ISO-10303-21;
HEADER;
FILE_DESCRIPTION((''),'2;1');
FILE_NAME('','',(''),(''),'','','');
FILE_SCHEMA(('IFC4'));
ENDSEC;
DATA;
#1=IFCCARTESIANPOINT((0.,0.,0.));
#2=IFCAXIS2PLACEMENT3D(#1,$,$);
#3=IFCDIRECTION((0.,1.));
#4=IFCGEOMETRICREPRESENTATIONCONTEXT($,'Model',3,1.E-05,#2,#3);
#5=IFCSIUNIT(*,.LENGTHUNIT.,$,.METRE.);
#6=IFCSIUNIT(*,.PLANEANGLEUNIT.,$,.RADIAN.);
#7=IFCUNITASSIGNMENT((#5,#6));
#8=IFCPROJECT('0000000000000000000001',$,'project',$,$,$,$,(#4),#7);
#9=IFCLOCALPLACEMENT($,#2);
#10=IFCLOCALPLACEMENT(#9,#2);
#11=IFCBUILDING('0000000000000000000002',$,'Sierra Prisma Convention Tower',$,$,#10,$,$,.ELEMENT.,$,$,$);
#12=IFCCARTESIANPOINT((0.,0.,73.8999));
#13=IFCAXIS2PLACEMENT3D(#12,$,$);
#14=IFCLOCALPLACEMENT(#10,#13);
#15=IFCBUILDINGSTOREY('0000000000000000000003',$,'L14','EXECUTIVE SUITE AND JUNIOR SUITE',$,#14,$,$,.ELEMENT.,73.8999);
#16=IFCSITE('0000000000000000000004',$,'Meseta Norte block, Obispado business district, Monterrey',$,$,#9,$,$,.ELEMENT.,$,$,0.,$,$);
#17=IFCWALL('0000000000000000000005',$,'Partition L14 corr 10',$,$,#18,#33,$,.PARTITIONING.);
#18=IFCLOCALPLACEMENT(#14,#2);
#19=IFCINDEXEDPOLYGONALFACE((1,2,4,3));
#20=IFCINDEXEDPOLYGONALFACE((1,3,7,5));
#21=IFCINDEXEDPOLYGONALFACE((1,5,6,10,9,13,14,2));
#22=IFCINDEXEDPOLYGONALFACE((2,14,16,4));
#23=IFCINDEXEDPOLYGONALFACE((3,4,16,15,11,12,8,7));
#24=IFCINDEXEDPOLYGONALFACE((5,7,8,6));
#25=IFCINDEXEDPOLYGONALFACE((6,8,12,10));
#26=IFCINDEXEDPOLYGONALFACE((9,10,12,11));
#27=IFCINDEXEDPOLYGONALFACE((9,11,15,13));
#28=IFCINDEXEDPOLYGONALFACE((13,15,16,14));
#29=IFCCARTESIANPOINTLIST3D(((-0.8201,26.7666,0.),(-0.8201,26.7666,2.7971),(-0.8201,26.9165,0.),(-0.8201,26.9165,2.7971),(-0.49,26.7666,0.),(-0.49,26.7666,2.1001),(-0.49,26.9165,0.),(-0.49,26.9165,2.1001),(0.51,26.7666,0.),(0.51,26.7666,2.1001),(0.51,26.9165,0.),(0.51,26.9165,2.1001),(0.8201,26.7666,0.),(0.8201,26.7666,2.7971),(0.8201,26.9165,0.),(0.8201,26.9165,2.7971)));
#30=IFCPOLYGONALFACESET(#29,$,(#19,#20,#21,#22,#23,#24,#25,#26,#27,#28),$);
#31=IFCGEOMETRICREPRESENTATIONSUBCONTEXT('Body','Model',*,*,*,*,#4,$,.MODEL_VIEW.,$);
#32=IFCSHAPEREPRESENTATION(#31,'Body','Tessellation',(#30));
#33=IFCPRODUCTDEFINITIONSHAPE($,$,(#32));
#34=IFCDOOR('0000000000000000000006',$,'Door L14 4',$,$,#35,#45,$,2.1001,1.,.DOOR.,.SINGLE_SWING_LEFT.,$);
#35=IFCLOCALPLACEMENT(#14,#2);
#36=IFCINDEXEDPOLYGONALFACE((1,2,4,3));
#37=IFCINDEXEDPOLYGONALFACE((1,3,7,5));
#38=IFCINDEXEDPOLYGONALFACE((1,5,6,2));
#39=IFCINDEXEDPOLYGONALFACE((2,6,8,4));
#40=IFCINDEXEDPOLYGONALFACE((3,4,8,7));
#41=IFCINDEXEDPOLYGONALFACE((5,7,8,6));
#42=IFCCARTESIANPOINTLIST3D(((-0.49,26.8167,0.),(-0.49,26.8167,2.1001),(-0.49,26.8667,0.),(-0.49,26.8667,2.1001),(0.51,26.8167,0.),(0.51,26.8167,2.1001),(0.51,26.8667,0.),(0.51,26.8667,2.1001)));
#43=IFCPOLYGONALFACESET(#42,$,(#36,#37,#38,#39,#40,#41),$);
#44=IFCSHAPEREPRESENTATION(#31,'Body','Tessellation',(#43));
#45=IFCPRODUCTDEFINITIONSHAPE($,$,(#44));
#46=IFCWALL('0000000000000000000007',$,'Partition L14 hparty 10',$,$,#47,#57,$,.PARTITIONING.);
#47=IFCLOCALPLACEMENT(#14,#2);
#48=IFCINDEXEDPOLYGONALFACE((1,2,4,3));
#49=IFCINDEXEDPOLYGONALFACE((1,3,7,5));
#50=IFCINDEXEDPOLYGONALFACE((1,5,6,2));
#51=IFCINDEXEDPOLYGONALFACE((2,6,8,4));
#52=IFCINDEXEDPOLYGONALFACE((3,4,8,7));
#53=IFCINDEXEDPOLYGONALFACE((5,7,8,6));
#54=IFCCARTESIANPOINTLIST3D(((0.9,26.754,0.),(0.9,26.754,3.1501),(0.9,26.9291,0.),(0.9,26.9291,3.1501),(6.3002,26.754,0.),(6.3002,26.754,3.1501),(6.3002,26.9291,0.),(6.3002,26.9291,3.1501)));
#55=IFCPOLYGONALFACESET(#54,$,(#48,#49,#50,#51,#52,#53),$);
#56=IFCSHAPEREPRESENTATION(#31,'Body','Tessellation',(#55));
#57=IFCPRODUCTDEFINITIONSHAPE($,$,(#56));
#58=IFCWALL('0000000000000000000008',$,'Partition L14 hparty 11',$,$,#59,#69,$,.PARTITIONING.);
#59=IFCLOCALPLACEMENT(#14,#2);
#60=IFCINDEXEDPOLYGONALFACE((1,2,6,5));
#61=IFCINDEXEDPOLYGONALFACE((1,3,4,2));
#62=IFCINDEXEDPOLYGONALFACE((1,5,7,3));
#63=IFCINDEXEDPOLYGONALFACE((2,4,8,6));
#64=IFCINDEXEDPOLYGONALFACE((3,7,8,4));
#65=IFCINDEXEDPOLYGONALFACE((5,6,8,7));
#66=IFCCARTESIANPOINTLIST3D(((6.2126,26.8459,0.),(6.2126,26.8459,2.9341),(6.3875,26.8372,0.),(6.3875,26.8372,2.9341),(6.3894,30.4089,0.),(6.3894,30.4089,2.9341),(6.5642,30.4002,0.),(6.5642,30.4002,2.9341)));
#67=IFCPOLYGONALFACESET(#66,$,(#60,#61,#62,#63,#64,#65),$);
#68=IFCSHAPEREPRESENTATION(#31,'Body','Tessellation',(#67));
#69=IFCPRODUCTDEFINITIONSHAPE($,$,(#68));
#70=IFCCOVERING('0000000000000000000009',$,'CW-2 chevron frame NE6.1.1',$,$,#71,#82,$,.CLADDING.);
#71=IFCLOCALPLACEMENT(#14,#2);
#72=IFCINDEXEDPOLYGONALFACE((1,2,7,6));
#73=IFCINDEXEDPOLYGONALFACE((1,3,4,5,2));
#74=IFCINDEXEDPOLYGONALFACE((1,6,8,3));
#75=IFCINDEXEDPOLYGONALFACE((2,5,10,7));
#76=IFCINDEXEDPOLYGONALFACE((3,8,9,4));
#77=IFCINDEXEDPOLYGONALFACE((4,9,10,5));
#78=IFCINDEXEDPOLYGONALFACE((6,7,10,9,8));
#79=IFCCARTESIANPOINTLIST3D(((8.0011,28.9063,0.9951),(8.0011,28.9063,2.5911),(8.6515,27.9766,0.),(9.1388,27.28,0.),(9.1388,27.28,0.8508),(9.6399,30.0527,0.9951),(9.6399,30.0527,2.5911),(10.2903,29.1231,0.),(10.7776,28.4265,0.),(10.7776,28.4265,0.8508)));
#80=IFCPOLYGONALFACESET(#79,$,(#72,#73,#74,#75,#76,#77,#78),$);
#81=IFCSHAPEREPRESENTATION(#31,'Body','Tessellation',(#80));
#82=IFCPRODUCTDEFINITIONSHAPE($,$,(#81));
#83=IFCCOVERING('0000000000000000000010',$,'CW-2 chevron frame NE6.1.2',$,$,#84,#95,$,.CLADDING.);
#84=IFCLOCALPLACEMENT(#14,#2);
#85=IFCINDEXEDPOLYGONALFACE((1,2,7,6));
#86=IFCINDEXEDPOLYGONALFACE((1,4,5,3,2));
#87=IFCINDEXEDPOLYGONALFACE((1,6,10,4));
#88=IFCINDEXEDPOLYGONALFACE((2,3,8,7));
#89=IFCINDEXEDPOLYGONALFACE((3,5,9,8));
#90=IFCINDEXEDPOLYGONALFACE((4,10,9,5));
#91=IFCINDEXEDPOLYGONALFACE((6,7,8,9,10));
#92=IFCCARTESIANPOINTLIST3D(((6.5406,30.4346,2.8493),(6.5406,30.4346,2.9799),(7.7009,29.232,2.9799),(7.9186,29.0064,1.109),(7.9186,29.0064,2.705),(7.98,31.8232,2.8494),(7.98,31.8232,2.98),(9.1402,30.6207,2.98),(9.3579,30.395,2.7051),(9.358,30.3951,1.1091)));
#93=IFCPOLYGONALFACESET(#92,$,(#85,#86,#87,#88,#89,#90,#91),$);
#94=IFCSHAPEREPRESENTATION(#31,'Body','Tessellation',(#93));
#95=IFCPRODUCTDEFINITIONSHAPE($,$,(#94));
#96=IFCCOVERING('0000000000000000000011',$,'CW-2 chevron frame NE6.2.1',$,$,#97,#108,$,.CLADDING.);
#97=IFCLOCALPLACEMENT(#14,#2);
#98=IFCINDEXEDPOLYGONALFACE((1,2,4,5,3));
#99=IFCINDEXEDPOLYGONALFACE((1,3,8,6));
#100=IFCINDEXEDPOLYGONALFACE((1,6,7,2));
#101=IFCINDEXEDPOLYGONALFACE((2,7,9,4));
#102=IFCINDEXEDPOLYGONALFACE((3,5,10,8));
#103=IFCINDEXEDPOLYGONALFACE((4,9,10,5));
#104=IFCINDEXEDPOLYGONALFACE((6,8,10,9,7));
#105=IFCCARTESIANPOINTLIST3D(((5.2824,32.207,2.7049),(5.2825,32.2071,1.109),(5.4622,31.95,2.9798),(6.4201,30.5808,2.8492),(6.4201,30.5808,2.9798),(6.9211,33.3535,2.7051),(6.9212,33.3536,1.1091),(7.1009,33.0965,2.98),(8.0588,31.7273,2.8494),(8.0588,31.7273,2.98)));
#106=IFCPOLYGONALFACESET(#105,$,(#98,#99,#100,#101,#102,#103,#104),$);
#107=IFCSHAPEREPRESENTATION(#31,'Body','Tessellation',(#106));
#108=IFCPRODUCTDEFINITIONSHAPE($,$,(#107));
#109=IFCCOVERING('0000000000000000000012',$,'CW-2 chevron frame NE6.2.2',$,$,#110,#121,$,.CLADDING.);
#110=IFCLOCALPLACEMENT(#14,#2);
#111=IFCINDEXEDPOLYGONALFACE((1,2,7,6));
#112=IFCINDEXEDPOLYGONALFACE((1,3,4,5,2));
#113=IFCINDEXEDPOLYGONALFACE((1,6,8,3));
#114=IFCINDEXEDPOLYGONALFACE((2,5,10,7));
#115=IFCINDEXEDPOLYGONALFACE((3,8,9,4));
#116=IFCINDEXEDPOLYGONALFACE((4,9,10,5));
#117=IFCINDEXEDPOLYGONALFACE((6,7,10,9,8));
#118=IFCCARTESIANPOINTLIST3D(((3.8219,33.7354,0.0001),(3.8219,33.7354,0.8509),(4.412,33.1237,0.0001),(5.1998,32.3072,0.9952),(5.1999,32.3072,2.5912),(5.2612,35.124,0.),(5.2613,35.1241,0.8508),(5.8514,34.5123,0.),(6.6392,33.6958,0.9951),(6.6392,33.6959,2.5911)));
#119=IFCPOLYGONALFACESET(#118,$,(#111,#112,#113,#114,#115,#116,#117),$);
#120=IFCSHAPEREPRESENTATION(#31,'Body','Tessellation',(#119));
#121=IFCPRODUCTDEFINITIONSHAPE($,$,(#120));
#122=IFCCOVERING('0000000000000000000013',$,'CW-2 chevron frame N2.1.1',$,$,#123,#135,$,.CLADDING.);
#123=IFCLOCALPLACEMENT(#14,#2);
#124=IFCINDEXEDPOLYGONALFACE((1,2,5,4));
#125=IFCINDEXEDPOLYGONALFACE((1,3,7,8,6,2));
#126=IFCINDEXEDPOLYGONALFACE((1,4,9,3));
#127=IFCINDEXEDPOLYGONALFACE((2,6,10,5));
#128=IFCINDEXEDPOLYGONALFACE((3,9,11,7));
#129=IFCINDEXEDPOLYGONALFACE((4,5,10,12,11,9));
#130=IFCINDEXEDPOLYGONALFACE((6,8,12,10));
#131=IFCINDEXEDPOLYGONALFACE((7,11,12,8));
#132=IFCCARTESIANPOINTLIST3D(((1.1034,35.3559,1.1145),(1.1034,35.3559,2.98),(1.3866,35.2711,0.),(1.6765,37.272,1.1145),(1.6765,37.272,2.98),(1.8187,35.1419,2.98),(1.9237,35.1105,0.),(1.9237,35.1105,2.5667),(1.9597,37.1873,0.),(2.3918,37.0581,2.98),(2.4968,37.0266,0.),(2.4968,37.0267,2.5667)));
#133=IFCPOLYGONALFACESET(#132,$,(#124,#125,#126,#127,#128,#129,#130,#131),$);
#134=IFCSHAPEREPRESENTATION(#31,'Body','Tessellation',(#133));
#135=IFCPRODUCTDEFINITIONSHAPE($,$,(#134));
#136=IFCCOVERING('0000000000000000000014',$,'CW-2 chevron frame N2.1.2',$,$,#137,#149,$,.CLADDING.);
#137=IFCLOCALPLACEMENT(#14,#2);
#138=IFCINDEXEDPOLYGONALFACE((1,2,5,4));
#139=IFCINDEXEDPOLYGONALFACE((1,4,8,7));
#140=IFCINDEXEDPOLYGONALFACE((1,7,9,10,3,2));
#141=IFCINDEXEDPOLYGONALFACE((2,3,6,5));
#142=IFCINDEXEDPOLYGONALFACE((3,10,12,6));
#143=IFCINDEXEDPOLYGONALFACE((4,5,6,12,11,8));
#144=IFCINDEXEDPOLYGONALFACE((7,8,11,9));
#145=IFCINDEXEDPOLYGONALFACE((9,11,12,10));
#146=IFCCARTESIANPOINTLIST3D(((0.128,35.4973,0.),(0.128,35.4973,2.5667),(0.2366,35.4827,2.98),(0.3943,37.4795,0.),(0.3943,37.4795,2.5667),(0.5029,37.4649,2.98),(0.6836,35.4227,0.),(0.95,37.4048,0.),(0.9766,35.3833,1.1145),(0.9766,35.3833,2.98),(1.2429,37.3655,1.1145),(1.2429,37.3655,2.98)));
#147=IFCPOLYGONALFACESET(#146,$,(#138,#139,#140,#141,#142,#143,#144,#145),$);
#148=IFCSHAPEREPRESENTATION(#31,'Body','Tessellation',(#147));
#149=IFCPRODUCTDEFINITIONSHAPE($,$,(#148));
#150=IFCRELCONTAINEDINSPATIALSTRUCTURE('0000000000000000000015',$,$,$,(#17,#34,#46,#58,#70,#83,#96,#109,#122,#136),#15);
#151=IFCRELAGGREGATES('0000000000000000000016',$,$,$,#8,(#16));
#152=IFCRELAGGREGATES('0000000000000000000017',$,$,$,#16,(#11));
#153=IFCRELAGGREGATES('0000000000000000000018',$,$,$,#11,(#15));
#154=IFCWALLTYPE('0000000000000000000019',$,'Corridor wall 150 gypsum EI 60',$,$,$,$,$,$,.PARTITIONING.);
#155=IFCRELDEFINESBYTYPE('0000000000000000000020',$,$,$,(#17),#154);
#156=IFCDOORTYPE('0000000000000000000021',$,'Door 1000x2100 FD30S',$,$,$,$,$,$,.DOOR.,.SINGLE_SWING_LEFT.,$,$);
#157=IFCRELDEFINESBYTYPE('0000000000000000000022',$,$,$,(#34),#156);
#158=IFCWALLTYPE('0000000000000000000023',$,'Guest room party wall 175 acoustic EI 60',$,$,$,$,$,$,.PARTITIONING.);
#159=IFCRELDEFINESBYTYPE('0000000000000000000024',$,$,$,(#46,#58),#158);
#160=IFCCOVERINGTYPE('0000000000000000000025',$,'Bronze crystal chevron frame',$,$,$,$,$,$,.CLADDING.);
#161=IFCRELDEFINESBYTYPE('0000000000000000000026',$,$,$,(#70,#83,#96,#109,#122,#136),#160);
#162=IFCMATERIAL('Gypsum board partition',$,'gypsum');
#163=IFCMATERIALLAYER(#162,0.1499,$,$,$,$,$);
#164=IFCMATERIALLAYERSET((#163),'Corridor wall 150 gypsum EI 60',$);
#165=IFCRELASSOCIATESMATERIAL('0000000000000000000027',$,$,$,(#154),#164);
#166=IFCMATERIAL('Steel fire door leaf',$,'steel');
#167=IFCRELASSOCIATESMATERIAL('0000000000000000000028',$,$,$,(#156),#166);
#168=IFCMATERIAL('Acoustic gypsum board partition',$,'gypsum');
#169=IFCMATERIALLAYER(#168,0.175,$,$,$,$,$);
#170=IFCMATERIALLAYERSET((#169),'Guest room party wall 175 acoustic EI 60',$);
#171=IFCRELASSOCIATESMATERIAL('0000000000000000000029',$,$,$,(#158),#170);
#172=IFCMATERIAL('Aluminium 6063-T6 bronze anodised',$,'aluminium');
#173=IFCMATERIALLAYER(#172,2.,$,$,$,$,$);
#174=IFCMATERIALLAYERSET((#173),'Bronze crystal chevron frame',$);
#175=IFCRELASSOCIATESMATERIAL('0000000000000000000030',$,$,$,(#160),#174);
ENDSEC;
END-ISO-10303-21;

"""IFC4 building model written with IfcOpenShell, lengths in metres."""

from ifc_helpers import new_model, si_unit, direction, frame, frame_2d, origin, place, context, subcontext, project, spatial, polyline, rectangle, outline, extrude, material, layer, layer_set, type_object, element, fill, save


model = new_model("IFC4")

# Units and contexts
model_context = context("Model", 3, precision=1e-05, world=origin(), true_north=direction((0.0, 1.0)))
body_context = subcontext(model_context, "Body", "Model", "MODEL_VIEW")
ifc_project = project(units=[si_unit("LENGTHUNIT", "METRE"), si_unit("PLANEANGLEUNIT", "RADIAN")], contexts=[model_context])

# Site, building, storey
site_placement = place(None, origin())
site = spatial("IfcSite", under=ifc_project, at=site_placement, Name="Meseta Norte block, Obispado business district, Monterrey", CompositionType="ELEMENT", RefElevation=0.0)
building_placement = place(site_placement, origin())
building = spatial("IfcBuilding", under=site, at=building_placement, Name="Sierra Prisma Convention Tower", CompositionType="ELEMENT")
storey_placement = place(building_placement, frame((0.0, 0.0, 73.8999)))
storey = spatial("IfcBuildingStorey", under=building, at=storey_placement, Name="L14", Description="EXECUTIVE SUITE AND JUNIOR SUITE", CompositionType="ELEMENT", Elevation=73.8999)

# Wall, opening, door
ifc_material_1 = material(Name="Gypsum board partition", Category="gypsum")
ifc_layer_1 = layer(ifc_material_1, 0.1499)
ifc_layer_set_1 = layer_set([ifc_layer_1], Name="Corridor wall 150 gypsum EI 60")
wall_type_1 = type_object("IfcWallType", Name="Corridor wall 150 gypsum EI 60", PredefinedType="PARTITIONING", material=ifc_layer_set_1)
wall_1_placement = place(storey_placement, frame((0.8201, 26.8416, 0.0), z_axis=(0.0, 0.0, 1.0), x_axis=(-1.0, 0.0, 0.0)))
wall_1 = element("IfcWall", 1, at=wall_1_placement, inside=storey, type_object=wall_type_1, Name="Partition L14 corr 10", PredefinedType="PARTITIONING", context=body_context, shape_type="SweptSolid", body=[
    extrude(rectangle(XDim=1.6401, YDim=0.1499, at=frame_2d((0.8201, 0.0))), origin(), (0.0, 0.0, 1.0), 2.7971),
])
opening_placement = place(wall_1_placement, frame((0.3101, 0.0, 0.0)))
opening = element("IfcOpeningElement", 2, at=opening_placement, cuts=wall_1, PredefinedType="OPENING", context=body_context, shape_type="SweptSolid", body=[
    extrude(rectangle(XDim=1.0, YDim=2.1001, at=frame_2d((0.5, 1.05))), frame((0.0, 0.075, 0.0), z_axis=(0.0, -1.0, 0.0), x_axis=(1.0, 0.0, 0.0)), (0.0, 0.0, 1.0), 0.1499),
])
ifc_material_2 = material(Name="Steel fire door leaf", Category="steel")
door_type = type_object("IfcDoorType", Name="Door 1000x2100 FD30S", OperationType="SINGLE_SWING_LEFT", PredefinedType="DOOR", material=ifc_material_2)
door_placement = place(opening_placement, origin())
door = element("IfcDoor", 3, at=door_placement, inside=storey, type_object=door_type, Name="Door L14 4", OperationType="SINGLE_SWING_LEFT", OverallHeight=2.1001, OverallWidth=1.0, PredefinedType="DOOR", context=body_context, shape_type="SweptSolid", body=[
    extrude(rectangle(XDim=1.0, YDim=2.1001, at=frame_2d((0.5, 1.05))), frame((0.0, 0.0249, 0.0), z_axis=(0.0, -1.0, 0.0), x_axis=(1.0, 0.0, 0.0)), (0.0, 0.0, 1.0), 0.05),
])
fill(opening, door)

# Walls
ifc_material_3 = material(Name="Acoustic gypsum board partition", Category="gypsum")
ifc_layer_2 = layer(ifc_material_3, 0.175)
ifc_layer_set_2 = layer_set([ifc_layer_2], Name="Guest room party wall 175 acoustic EI 60")
wall_type_2 = type_object("IfcWallType", Name="Guest room party wall 175 acoustic EI 60", PredefinedType="PARTITIONING", material=ifc_layer_set_2)
wall_2_placement = place(storey_placement, frame((0.8999, 26.8416, 0.0), z_axis=(0.0, 0.0, 1.0), x_axis=(1.0, 0.0, 0.0)))
element("IfcWall", 4, at=wall_2_placement, inside=storey, type_object=wall_type_2, Name="Partition L14 hparty 10", PredefinedType="PARTITIONING", context=body_context, shape_type="SweptSolid", body=[
    extrude(rectangle(XDim=5.4001, YDim=0.175, at=frame_2d((2.7002, 0.0))), origin(), (0.0, 0.0, 1.0), 3.1501),
])
wall_3_placement = place(storey_placement, frame((6.3, 26.8416, 0.0), z_axis=(0.0, 0.0, 1.0), x_axis=(0.049548, 0.998772, 0.0)))
element("IfcWall", 5, at=wall_3_placement, inside=storey, type_object=wall_type_2, Name="Partition L14 hparty 11", PredefinedType="PARTITIONING", context=body_context, shape_type="SweptSolid", body=[
    extrude(rectangle(XDim=3.5674, YDim=0.175, at=frame_2d((1.7837, 0.0))), origin(), (0.0, 0.0, 1.0), 2.9341),
])

# Coverings
ifc_material_4 = material(Name="Aluminium 6063-T6 bronze anodised", Category="aluminium")
ifc_layer_3 = layer(ifc_material_4, 2.0)
ifc_layer_set_3 = layer_set([ifc_layer_3], Name="Bronze crystal chevron frame")
covering_type = type_object("IfcCoveringType", Name="Bronze crystal chevron frame", PredefinedType="CLADDING", material=ifc_layer_set_3)
covering_1_placement = place(storey_placement, frame((10.7776, 28.4265, 0.0), z_axis=(0.819387, 0.573241, -0.000004), x_axis=(-0.573241, 0.819387, 0.0)))
element("IfcCovering", 6, at=covering_1_placement, inside=storey, type_object=covering_type, Name="CW-2 chevron frame NE6.1.1", PredefinedType="CLADDING", context=body_context, shape_type="SweptSolid", body=[
    extrude(outline(polyline([(0.0, 0.0), (0.8501, 0.0), (1.9847, 0.9951), (1.9847, 2.5911), (0.0, 0.8508), (0.0, 0.0)])), origin(), (0.0, 0.0, -1.0), 2.0),
])
covering_2_placement = place(storey_placement, frame((9.3579, 30.395, 2.7051), z_axis=(0.719669, 0.694317, 0.000048), x_axis=(0.000035, 0.000033, -1.0)))
element("IfcCovering", 7, at=covering_2_placement, inside=storey, type_object=covering_type, Name="CW-2 chevron frame NE6.1.2", PredefinedType="CLADDING", context=body_context, shape_type="SweptSolid", body=[
    extrude(outline(polyline([(0.0, 0.0), (1.5959, 0.0), (-0.1443, 1.9846), (-0.2749, 1.9846), (-0.2749, 0.3136), (0.0, 0.0)])), origin(), (0.0, 0.0, -1.0), 2.0),
])
covering_3_placement = place(storey_placement, frame((8.0588, 31.7273, 2.98), z_axis=(0.819382, 0.573247, 0.000069), x_axis=(0.000056, 0.000039, -1.0)))
element("IfcCovering", 8, at=covering_3_placement, inside=storey, type_object=covering_type, Name="CW-2 chevron frame NE6.2.1", PredefinedType="CLADDING", context=body_context, shape_type="SweptSolid", body=[
    extrude(outline(polyline([(0.0, 0.0), (0.1306, 0.0), (1.8708, 1.9847), (0.2749, 1.9847), (0.0, 1.671), (0.0, 0.0)])), origin(), (0.0, 0.0, -1.0), 2.0),
])
covering_4_placement = place(storey_placement, frame((5.2612, 35.124, 0.0), z_axis=(0.71968, 0.694306, -0.000046), x_axis=(0.000033, 0.000032, 1.0)))
element("IfcCovering", 9, at=covering_4_placement, inside=storey, type_object=covering_type, Name="CW-2 chevron frame NE6.2.2", PredefinedType="CLADDING", context=body_context, shape_type="SweptSolid", body=[
    extrude(outline(polyline([(0.0, 0.0), (0.8508, 0.0), (2.5911, 1.9846), (0.9951, 1.9846), (0.0, 0.85), (0.0, 0.0)])), origin(), (0.0, 0.0, -1.0), 2.0),
])
covering_5_placement = place(storey_placement, frame((2.4968, 37.0266, 0.0), z_axis=(0.286554, 0.958064, -0.000018), x_axis=(-0.958064, 0.286554, 0.0)))
element("IfcCovering", 10, at=covering_5_placement, inside=storey, type_object=covering_type, Name="CW-2 chevron frame N2.1.1", PredefinedType="CLADDING", context=body_context, shape_type="SweptSolid", body=[
    extrude(outline(polyline([(0.0, 0.0), (0.5606, 0.0), (0.8562, 1.1145), (0.8562, 2.98), (0.1096, 2.98), (0.0, 2.5667), (0.0, 0.0)])), origin(), (0.0, 0.0, -1.0), 2.0),
])
covering_6_placement = place(storey_placement, frame((1.2429, 37.3655, 2.98), z_axis=(0.133161, 0.991094, 0.0), x_axis=(0.0, 0.0, -1.0)))
element("IfcCovering", 11, at=covering_6_placement, inside=storey, type_object=covering_type, Name="CW-2 chevron frame N2.1.2", PredefinedType="CLADDING", context=body_context, shape_type="SweptSolid", body=[
    extrude(outline(polyline([(0.0, 0.0), (1.8655, 0.0), (2.98, 0.2956), (2.98, 0.8563), (0.4133, 0.8563), (0.0, 0.7466), (0.0, 0.0)])), origin(), (0.0, 0.0, -1.0), 2.0),
])

save(model, "model.ifc")
